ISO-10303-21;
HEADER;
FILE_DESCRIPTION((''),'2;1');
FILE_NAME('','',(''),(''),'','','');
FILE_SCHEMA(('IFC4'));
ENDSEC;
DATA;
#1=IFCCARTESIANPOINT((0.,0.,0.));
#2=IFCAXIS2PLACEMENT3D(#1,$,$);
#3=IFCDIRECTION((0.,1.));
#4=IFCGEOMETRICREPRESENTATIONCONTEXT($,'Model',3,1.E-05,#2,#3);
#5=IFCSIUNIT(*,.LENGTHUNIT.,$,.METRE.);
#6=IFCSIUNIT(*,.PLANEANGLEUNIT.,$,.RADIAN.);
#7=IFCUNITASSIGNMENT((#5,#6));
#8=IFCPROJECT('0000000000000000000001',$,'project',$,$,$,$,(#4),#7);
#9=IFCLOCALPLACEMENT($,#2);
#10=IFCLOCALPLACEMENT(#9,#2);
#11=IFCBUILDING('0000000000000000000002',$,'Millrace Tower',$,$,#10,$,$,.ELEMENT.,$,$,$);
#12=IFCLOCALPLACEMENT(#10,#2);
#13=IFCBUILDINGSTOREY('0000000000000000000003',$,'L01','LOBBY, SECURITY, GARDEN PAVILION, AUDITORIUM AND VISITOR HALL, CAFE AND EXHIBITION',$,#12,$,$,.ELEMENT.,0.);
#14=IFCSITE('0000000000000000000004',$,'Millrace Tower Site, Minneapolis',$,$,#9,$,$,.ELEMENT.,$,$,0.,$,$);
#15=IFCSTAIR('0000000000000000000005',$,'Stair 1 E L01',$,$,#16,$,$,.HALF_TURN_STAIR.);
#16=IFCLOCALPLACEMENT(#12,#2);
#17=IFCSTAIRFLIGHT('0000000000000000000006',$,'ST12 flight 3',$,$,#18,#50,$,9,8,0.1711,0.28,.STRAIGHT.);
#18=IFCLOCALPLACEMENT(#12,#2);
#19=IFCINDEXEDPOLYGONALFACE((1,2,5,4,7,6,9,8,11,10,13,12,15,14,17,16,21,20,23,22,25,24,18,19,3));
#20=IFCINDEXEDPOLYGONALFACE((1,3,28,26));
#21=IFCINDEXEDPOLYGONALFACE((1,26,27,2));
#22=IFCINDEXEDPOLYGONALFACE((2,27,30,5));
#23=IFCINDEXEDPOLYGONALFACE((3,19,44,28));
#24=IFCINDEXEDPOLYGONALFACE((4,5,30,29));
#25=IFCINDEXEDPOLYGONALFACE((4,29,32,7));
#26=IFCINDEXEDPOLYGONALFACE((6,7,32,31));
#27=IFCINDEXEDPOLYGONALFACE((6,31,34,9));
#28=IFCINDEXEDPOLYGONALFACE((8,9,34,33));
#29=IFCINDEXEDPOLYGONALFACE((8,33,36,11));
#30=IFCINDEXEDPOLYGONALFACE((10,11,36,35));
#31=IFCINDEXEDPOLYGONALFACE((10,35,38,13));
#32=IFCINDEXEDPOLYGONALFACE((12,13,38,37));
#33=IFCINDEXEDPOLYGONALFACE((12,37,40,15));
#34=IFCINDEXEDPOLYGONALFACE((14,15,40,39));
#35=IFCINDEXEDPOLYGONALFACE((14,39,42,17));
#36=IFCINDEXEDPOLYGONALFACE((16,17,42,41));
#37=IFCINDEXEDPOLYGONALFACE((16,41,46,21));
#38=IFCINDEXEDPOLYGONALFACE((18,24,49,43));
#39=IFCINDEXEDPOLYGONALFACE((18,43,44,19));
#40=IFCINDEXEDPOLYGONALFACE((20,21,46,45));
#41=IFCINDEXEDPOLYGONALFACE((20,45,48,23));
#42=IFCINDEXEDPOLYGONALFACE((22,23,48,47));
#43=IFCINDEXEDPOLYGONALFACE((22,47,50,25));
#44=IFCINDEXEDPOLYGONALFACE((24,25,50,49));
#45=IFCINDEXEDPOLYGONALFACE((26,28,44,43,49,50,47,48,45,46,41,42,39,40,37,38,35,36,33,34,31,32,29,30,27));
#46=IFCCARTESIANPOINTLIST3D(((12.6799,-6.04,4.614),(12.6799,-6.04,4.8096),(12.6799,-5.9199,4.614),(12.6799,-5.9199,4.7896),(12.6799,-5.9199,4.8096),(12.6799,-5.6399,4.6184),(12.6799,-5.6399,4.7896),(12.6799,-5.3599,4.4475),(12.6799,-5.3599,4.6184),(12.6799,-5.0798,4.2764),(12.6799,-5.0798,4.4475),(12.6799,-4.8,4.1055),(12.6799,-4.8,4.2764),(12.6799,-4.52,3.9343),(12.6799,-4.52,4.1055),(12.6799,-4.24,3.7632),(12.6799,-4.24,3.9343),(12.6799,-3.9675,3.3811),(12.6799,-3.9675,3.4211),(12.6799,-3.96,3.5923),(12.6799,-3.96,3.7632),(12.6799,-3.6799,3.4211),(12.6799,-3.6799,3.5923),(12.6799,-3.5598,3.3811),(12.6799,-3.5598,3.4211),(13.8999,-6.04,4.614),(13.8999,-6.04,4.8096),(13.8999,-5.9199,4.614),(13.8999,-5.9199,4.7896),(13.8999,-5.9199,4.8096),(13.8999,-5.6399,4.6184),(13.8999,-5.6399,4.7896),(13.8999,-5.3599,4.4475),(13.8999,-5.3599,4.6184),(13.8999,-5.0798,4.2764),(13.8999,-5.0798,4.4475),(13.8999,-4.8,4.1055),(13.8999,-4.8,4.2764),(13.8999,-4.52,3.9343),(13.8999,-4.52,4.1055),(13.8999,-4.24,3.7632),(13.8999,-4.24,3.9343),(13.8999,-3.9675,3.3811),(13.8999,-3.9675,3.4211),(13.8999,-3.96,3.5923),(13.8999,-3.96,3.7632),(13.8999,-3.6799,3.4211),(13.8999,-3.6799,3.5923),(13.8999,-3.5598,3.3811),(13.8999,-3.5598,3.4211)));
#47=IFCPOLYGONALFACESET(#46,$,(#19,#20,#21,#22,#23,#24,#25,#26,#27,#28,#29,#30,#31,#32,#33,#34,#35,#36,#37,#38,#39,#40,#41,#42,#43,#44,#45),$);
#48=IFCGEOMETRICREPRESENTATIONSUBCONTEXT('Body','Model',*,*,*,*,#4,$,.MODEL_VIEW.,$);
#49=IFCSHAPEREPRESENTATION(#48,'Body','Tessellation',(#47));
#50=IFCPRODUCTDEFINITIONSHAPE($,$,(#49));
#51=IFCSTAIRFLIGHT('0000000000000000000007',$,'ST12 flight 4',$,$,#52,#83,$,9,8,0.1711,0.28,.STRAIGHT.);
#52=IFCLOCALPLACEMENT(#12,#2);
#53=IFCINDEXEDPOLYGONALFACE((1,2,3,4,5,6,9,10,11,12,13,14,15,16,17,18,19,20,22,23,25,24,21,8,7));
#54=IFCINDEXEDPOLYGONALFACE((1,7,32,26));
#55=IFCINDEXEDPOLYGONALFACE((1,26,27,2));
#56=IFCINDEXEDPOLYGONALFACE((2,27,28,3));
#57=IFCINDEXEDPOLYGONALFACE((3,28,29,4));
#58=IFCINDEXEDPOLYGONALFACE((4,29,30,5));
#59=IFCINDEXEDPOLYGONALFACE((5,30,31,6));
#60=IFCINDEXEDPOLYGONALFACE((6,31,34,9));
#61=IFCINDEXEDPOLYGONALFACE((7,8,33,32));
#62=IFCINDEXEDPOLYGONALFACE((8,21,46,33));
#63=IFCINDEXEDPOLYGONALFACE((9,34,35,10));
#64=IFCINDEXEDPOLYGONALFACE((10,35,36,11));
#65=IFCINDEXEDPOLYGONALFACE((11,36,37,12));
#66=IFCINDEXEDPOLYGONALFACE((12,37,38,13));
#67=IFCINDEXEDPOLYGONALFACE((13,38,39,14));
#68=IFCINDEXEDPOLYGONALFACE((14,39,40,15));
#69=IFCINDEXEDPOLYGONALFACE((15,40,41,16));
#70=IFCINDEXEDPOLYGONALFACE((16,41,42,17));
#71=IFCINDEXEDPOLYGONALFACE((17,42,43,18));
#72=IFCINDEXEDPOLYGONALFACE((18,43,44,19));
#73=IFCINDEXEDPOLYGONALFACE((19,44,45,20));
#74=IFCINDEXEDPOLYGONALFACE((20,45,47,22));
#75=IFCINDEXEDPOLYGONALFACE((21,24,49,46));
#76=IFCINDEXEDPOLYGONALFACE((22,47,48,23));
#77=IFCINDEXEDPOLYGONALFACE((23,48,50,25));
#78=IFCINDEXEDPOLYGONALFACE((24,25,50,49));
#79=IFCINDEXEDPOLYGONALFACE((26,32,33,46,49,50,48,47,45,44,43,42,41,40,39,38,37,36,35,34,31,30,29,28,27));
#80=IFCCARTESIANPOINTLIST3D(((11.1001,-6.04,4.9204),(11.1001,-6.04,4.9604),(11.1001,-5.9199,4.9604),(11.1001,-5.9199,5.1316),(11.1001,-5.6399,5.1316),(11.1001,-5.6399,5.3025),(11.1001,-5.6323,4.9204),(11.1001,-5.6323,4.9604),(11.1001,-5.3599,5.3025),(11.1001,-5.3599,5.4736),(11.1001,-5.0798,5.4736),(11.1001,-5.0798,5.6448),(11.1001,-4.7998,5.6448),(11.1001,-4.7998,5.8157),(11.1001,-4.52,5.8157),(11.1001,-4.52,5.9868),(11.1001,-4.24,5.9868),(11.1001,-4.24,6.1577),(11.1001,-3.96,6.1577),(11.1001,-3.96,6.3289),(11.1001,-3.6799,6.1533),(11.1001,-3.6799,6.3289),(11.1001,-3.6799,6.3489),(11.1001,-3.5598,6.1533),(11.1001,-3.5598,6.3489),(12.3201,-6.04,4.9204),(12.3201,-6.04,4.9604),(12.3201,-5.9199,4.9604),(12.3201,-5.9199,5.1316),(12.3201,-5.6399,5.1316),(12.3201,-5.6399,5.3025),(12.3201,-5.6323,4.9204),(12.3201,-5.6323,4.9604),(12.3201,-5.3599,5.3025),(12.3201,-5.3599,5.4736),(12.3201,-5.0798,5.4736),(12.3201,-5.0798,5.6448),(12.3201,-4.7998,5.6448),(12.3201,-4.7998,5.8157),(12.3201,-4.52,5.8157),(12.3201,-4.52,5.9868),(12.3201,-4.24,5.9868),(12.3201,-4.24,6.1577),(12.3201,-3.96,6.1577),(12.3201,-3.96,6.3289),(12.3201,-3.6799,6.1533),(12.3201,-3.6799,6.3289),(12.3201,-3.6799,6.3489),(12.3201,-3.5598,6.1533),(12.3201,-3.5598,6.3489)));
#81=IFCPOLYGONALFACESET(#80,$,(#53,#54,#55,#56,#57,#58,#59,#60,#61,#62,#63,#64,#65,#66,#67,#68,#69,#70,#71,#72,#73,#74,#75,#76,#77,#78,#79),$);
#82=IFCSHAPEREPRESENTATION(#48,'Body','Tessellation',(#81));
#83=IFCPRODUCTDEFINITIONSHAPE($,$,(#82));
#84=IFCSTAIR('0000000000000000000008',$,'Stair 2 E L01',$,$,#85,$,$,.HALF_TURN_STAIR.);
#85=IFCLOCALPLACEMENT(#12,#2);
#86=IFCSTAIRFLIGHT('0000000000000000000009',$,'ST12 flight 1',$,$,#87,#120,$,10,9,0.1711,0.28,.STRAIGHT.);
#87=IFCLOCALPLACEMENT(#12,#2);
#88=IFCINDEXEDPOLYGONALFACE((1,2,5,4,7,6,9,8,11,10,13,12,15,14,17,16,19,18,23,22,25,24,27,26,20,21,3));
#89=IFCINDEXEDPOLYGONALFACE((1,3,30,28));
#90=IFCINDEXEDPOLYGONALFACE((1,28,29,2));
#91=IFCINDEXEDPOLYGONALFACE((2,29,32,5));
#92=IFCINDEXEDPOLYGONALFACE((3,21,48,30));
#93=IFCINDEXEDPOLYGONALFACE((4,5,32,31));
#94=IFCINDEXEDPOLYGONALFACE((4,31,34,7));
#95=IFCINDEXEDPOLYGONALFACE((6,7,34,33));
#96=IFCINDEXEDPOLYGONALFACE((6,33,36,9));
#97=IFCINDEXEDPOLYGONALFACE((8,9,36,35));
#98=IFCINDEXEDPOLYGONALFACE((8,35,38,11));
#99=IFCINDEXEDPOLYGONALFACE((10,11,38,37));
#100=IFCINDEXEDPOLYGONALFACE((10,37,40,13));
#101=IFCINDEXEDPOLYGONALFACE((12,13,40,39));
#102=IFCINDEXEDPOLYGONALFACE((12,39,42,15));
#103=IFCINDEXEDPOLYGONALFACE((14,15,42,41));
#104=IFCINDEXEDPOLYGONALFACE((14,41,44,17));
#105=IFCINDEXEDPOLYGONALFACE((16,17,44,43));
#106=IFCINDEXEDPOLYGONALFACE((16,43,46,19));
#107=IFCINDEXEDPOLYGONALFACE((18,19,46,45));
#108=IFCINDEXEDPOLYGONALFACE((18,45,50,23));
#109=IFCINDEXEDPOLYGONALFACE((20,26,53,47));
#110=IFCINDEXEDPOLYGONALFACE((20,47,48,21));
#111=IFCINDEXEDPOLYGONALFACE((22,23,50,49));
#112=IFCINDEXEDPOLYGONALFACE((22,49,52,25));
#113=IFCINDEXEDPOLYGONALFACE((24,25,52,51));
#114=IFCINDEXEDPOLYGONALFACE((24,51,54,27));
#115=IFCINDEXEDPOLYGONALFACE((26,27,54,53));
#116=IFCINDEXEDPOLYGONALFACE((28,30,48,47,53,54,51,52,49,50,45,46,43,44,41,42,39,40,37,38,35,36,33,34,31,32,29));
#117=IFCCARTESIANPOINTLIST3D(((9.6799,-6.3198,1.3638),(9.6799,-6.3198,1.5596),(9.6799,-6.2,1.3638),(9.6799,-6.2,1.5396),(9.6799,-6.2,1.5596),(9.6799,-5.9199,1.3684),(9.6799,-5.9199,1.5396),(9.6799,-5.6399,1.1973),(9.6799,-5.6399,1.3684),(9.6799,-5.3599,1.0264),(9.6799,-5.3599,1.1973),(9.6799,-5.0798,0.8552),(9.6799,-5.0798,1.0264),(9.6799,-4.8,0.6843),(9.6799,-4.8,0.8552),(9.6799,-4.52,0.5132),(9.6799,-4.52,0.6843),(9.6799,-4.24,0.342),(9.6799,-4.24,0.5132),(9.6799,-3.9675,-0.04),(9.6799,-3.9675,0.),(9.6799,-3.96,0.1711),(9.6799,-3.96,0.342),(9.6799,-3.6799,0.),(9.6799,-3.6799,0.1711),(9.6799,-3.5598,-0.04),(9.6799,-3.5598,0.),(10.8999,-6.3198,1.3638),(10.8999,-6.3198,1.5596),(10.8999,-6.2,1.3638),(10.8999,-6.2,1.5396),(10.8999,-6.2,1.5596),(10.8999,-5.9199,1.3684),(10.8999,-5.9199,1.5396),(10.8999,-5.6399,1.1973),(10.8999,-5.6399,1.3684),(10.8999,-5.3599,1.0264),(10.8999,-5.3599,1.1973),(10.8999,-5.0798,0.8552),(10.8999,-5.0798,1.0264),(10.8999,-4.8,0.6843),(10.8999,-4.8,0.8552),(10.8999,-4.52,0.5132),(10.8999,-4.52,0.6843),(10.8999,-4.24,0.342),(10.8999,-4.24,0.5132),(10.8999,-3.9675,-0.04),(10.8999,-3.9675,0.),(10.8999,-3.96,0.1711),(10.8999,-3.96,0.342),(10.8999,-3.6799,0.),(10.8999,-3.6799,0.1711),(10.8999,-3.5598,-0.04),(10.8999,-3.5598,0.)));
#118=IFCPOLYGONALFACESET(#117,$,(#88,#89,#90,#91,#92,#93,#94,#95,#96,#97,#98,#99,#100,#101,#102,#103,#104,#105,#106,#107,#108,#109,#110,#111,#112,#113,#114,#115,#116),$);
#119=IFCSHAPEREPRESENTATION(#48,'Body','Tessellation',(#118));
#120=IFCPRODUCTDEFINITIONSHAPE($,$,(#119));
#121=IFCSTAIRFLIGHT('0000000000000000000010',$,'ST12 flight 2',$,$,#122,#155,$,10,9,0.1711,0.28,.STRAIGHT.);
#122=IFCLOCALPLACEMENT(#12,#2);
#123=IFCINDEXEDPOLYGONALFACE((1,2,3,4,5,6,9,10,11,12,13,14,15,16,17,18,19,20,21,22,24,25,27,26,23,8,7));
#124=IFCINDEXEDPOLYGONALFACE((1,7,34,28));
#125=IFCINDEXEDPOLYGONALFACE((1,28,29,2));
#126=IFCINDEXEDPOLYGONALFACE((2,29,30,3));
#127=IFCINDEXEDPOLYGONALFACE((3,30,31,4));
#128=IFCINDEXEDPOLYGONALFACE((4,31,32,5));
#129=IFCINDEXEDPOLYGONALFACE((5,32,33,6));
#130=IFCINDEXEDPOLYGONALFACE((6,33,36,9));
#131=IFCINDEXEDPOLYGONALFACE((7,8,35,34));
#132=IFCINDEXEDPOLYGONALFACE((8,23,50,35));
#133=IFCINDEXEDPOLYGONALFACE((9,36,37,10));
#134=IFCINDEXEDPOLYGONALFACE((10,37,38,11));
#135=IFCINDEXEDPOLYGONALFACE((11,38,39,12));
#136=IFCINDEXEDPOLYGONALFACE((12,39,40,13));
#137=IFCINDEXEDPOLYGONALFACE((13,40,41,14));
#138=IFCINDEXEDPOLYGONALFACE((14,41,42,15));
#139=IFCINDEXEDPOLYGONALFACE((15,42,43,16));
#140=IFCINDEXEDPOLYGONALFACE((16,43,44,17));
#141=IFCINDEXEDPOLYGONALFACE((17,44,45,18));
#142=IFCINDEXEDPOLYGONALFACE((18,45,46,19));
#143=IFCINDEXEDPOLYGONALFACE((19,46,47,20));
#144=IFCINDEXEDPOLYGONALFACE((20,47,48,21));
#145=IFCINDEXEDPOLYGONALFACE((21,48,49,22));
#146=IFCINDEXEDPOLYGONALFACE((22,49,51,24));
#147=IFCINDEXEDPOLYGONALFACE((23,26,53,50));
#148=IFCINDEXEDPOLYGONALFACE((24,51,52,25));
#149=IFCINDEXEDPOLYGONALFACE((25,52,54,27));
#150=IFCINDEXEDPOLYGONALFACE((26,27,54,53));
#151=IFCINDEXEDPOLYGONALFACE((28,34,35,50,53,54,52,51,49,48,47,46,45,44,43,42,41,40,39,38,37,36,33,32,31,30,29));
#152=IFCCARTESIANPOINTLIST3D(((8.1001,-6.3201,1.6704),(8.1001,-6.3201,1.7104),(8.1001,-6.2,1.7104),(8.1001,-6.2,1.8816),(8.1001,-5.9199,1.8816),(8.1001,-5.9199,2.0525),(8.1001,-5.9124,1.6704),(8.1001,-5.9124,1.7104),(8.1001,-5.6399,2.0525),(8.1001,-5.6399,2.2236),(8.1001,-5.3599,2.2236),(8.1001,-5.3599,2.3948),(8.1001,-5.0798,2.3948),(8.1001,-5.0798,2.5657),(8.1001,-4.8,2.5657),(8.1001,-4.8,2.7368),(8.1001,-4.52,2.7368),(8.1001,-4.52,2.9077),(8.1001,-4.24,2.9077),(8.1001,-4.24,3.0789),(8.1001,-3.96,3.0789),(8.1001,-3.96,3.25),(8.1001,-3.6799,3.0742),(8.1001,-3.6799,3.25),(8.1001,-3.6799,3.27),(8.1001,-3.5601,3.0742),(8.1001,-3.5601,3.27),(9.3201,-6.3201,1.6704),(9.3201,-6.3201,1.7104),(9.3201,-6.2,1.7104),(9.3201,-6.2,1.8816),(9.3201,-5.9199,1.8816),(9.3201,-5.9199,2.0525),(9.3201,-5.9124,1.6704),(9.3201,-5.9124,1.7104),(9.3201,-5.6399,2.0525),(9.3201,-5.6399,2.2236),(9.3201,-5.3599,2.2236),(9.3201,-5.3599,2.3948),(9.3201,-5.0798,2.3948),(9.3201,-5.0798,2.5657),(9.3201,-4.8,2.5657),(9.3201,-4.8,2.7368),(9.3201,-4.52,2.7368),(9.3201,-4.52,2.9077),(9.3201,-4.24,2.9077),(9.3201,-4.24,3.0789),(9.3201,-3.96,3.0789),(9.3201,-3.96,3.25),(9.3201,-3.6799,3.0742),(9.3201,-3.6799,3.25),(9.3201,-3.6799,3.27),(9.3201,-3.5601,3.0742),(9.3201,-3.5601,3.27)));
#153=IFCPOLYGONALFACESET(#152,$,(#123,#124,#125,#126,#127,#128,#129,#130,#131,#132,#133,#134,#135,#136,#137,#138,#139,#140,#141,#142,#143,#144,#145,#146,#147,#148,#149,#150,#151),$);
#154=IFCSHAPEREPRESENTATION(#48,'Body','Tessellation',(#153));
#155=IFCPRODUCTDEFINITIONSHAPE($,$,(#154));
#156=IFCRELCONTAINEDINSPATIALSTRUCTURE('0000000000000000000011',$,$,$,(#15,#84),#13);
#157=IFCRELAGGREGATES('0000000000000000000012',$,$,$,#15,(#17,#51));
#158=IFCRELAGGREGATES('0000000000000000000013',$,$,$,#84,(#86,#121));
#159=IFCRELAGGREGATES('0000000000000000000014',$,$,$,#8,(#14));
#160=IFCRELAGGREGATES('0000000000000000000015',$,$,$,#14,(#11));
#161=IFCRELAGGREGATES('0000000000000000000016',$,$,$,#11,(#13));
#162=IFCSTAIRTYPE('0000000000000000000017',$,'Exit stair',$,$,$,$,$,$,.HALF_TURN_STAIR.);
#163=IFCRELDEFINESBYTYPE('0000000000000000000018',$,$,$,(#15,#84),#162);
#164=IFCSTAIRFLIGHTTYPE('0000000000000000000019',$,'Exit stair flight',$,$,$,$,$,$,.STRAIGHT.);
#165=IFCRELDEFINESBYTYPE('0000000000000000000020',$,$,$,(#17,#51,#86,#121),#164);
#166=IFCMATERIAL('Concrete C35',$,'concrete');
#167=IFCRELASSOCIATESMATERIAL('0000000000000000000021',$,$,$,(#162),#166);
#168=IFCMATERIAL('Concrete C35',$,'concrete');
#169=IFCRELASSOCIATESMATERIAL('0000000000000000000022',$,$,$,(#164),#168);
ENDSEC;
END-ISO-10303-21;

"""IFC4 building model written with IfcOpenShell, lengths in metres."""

from ifc_helpers import new_model, si_unit, direction, frame, origin, place, context, subcontext, project, spatial, polyline, outline, extrude, material, type_object, element, aggregate, save


model = new_model("IFC4")

# Units and contexts
model_context = context("Model", 3, precision=1e-05, world=origin(), true_north=direction((0.0, 1.0)))
body_context = subcontext(model_context, "Body", "Model", "MODEL_VIEW")
ifc_project = project(units=[si_unit("LENGTHUNIT", "METRE"), si_unit("PLANEANGLEUNIT", "RADIAN")], contexts=[model_context])

# Site, building, storey
site_placement = place(None, origin())
site = spatial("IfcSite", under=ifc_project, at=site_placement, Name="Millrace Tower Site, Minneapolis", CompositionType="ELEMENT", RefElevation=0.0)
building_placement = place(site_placement, origin())
building = spatial("IfcBuilding", under=site, at=building_placement, Name="Millrace Tower", CompositionType="ELEMENT")
storey_placement = place(building_placement, origin())
storey = spatial("IfcBuildingStorey", under=building, at=storey_placement, Name="L01", Description="LOBBY, SECURITY, GARDEN PAVILION, AUDITORIUM AND VISITOR HALL, CAFE AND EXHIBITION", CompositionType="ELEMENT", Elevation=0.0)

# Stairs, stair flights
ifc_material_1 = material(Name="Concrete C35", Category="concrete")
stair_type = type_object("IfcStairType", Name="Exit stair", PredefinedType="HALF_TURN_STAIR", material=ifc_material_1)
placement = place(storey_placement, origin())
stair_1 = element("IfcStair", 1, at=placement, inside=storey, type_object=stair_type, Name="Stair 1 E L01", PredefinedType="HALF_TURN_STAIR")
ifc_material_2 = material(Name="Concrete C35", Category="concrete")
stair_flight_type = type_object("IfcStairFlightType", Name="Exit stair flight", PredefinedType="STRAIGHT", material=ifc_material_2)
stair_flight_1_placement = place(storey_placement, frame((13.29, -3.6799, 3.4211), z_axis=(0.0, 0.0, 1.0), x_axis=(0.0, -1.0, 0.0)))
stair_flight_1 = element("IfcStairFlight", 2, at=stair_flight_1_placement, type_object=stair_flight_type, Name="ST12 flight 3", NumberOfRisers=9, NumberOfTreads=8, PredefinedType="STRAIGHT", RiserHeight=0.1711, TreadLength=0.28, context=body_context, shape_type="SweptSolid", body=[
    extrude(outline(polyline([(-0.1201, -0.04), (-0.1201, 0.0), (0.0, 0.0), (0.0, 0.1711), (0.28, 0.1711), (0.28, 0.342), (0.5601, 0.342), (0.5601, 0.5132), (0.8401, 0.5132), (0.8401, 0.6843), (1.1201, 0.6843), (1.1201, 0.8552), (1.3999, 0.8552), (1.3999, 1.0264), (1.6799, 1.0264), (1.6799, 1.1973), (1.96, 1.1973), (1.96, 1.3684), (2.24, 1.3684), (2.24, 1.3884), (2.3601, 1.3884), (2.3601, 1.1929), (2.24, 1.1929), (0.2876, 0.0), (0.2876, -0.04), (-0.1201, -0.04)])), frame((0.0, 0.6099, 0.0), z_axis=(0.0, -1.0, 0.0), x_axis=(1.0, 0.0, 0.0)), (0.0, 0.0, 1.0), 1.22),
])
stair_flight_2_placement = place(storey_placement, frame((11.71, -5.9199, 4.9604), z_axis=(0.0, 0.0, 1.0), x_axis=(0.0, 1.0, 0.0)))
stair_flight_2 = element("IfcStairFlight", 3, at=stair_flight_2_placement, type_object=stair_flight_type, Name="ST12 flight 4", NumberOfRisers=9, NumberOfTreads=8, PredefinedType="STRAIGHT", RiserHeight=0.1711, TreadLength=0.28, context=body_context, shape_type="SweptSolid", body=[
    extrude(outline(polyline([(-0.1201, -0.04), (-0.1201, 0.0), (0.0, 0.0), (0.0, 0.1711), (0.28, 0.1711), (0.28, 0.342), (0.5601, 0.342), (0.5601, 0.5132), (0.8401, 0.5132), (0.8401, 0.6843), (1.1201, 0.6843), (1.1201, 0.8552), (1.3999, 0.8552), (1.3999, 1.0264), (1.6799, 1.0264), (1.6799, 1.1973), (1.96, 1.1973), (1.96, 1.3684), (2.24, 1.3684), (2.24, 1.3884), (2.3601, 1.3884), (2.3601, 1.1929), (2.24, 1.1929), (0.2876, 0.0), (0.2876, -0.04), (-0.1201, -0.04)])), frame((0.0, 0.6099, 0.0), z_axis=(0.0, -1.0, 0.0), x_axis=(1.0, 0.0, 0.0)), (0.0, 0.0, 1.0), 1.22),
])
aggregate(stair_1, [stair_flight_1, stair_flight_2])
stair_2 = element("IfcStair", 4, at=placement, inside=storey, type_object=stair_type, Name="Stair 2 E L01", PredefinedType="HALF_TURN_STAIR")
stair_flight_3_placement = place(storey_placement, frame((10.29, -3.6799, 0.0), z_axis=(0.0, 0.0, 1.0), x_axis=(0.0, -1.0, 0.0)))
stair_flight_3 = element("IfcStairFlight", 5, at=stair_flight_3_placement, type_object=stair_flight_type, Name="ST12 flight 1", NumberOfRisers=10, NumberOfTreads=9, PredefinedType="STRAIGHT", RiserHeight=0.1711, TreadLength=0.28, context=body_context, shape_type="SweptSolid", body=[
    extrude(outline(polyline([(-0.1201, -0.04), (-0.1201, 0.0), (0.0, 0.0), (0.0, 0.1711), (0.28, 0.1711), (0.28, 0.342), (0.5601, 0.342), (0.5601, 0.5132), (0.8401, 0.5132), (0.8401, 0.6843), (1.1201, 0.6843), (1.1201, 0.8552), (1.3999, 0.8552), (1.3999, 1.0264), (1.6799, 1.0264), (1.6799, 1.1973), (1.96, 1.1973), (1.96, 1.3684), (2.24, 1.3684), (2.24, 1.5396), (2.52, 1.5396), (2.52, 1.5596), (2.6399, 1.5596), (2.6399, 1.3638), (2.52, 1.3638), (0.2876, 0.0), (0.2876, -0.04), (-0.1201, -0.04)])), frame((0.0, 0.6099, 0.0), z_axis=(0.0, -1.0, 0.0), x_axis=(1.0, 0.0, 0.0)), (0.0, 0.0, 1.0), 1.22),
])
stair_flight_4_placement = place(storey_placement, frame((8.71, -6.2, 1.7104), z_axis=(0.0, 0.0, 1.0), x_axis=(0.0, 1.0, 0.0)))
stair_flight_4 = element("IfcStairFlight", 6, at=stair_flight_4_placement, type_object=stair_flight_type, Name="ST12 flight 2", NumberOfRisers=10, NumberOfTreads=9, PredefinedType="STRAIGHT", RiserHeight=0.1711, TreadLength=0.28, context=body_context, shape_type="SweptSolid", body=[
    extrude(outline(polyline([(-0.1201, -0.04), (-0.1201, 0.0), (0.0, 0.0), (0.0, 0.1711), (0.28, 0.1711), (0.28, 0.342), (0.5601, 0.342), (0.5601, 0.5132), (0.8401, 0.5132), (0.8401, 0.6843), (1.1201, 0.6843), (1.1201, 0.8552), (1.3999, 0.8552), (1.3999, 1.0264), (1.6799, 1.0264), (1.6799, 1.1973), (1.96, 1.1973), (1.96, 1.3684), (2.24, 1.3684), (2.24, 1.5396), (2.52, 1.5396), (2.52, 1.5596), (2.6399, 1.5596), (2.6399, 1.3638), (2.52, 1.3638), (0.2876, 0.0), (0.2876, -0.04), (-0.1201, -0.04)])), frame((0.0, 0.6099, 0.0), z_axis=(0.0, -1.0, 0.0), x_axis=(1.0, 0.0, 0.0)), (0.0, 0.0, 1.0), 1.22),
])
aggregate(stair_2, [stair_flight_3, stair_flight_4])

save(model, "model.ifc")
